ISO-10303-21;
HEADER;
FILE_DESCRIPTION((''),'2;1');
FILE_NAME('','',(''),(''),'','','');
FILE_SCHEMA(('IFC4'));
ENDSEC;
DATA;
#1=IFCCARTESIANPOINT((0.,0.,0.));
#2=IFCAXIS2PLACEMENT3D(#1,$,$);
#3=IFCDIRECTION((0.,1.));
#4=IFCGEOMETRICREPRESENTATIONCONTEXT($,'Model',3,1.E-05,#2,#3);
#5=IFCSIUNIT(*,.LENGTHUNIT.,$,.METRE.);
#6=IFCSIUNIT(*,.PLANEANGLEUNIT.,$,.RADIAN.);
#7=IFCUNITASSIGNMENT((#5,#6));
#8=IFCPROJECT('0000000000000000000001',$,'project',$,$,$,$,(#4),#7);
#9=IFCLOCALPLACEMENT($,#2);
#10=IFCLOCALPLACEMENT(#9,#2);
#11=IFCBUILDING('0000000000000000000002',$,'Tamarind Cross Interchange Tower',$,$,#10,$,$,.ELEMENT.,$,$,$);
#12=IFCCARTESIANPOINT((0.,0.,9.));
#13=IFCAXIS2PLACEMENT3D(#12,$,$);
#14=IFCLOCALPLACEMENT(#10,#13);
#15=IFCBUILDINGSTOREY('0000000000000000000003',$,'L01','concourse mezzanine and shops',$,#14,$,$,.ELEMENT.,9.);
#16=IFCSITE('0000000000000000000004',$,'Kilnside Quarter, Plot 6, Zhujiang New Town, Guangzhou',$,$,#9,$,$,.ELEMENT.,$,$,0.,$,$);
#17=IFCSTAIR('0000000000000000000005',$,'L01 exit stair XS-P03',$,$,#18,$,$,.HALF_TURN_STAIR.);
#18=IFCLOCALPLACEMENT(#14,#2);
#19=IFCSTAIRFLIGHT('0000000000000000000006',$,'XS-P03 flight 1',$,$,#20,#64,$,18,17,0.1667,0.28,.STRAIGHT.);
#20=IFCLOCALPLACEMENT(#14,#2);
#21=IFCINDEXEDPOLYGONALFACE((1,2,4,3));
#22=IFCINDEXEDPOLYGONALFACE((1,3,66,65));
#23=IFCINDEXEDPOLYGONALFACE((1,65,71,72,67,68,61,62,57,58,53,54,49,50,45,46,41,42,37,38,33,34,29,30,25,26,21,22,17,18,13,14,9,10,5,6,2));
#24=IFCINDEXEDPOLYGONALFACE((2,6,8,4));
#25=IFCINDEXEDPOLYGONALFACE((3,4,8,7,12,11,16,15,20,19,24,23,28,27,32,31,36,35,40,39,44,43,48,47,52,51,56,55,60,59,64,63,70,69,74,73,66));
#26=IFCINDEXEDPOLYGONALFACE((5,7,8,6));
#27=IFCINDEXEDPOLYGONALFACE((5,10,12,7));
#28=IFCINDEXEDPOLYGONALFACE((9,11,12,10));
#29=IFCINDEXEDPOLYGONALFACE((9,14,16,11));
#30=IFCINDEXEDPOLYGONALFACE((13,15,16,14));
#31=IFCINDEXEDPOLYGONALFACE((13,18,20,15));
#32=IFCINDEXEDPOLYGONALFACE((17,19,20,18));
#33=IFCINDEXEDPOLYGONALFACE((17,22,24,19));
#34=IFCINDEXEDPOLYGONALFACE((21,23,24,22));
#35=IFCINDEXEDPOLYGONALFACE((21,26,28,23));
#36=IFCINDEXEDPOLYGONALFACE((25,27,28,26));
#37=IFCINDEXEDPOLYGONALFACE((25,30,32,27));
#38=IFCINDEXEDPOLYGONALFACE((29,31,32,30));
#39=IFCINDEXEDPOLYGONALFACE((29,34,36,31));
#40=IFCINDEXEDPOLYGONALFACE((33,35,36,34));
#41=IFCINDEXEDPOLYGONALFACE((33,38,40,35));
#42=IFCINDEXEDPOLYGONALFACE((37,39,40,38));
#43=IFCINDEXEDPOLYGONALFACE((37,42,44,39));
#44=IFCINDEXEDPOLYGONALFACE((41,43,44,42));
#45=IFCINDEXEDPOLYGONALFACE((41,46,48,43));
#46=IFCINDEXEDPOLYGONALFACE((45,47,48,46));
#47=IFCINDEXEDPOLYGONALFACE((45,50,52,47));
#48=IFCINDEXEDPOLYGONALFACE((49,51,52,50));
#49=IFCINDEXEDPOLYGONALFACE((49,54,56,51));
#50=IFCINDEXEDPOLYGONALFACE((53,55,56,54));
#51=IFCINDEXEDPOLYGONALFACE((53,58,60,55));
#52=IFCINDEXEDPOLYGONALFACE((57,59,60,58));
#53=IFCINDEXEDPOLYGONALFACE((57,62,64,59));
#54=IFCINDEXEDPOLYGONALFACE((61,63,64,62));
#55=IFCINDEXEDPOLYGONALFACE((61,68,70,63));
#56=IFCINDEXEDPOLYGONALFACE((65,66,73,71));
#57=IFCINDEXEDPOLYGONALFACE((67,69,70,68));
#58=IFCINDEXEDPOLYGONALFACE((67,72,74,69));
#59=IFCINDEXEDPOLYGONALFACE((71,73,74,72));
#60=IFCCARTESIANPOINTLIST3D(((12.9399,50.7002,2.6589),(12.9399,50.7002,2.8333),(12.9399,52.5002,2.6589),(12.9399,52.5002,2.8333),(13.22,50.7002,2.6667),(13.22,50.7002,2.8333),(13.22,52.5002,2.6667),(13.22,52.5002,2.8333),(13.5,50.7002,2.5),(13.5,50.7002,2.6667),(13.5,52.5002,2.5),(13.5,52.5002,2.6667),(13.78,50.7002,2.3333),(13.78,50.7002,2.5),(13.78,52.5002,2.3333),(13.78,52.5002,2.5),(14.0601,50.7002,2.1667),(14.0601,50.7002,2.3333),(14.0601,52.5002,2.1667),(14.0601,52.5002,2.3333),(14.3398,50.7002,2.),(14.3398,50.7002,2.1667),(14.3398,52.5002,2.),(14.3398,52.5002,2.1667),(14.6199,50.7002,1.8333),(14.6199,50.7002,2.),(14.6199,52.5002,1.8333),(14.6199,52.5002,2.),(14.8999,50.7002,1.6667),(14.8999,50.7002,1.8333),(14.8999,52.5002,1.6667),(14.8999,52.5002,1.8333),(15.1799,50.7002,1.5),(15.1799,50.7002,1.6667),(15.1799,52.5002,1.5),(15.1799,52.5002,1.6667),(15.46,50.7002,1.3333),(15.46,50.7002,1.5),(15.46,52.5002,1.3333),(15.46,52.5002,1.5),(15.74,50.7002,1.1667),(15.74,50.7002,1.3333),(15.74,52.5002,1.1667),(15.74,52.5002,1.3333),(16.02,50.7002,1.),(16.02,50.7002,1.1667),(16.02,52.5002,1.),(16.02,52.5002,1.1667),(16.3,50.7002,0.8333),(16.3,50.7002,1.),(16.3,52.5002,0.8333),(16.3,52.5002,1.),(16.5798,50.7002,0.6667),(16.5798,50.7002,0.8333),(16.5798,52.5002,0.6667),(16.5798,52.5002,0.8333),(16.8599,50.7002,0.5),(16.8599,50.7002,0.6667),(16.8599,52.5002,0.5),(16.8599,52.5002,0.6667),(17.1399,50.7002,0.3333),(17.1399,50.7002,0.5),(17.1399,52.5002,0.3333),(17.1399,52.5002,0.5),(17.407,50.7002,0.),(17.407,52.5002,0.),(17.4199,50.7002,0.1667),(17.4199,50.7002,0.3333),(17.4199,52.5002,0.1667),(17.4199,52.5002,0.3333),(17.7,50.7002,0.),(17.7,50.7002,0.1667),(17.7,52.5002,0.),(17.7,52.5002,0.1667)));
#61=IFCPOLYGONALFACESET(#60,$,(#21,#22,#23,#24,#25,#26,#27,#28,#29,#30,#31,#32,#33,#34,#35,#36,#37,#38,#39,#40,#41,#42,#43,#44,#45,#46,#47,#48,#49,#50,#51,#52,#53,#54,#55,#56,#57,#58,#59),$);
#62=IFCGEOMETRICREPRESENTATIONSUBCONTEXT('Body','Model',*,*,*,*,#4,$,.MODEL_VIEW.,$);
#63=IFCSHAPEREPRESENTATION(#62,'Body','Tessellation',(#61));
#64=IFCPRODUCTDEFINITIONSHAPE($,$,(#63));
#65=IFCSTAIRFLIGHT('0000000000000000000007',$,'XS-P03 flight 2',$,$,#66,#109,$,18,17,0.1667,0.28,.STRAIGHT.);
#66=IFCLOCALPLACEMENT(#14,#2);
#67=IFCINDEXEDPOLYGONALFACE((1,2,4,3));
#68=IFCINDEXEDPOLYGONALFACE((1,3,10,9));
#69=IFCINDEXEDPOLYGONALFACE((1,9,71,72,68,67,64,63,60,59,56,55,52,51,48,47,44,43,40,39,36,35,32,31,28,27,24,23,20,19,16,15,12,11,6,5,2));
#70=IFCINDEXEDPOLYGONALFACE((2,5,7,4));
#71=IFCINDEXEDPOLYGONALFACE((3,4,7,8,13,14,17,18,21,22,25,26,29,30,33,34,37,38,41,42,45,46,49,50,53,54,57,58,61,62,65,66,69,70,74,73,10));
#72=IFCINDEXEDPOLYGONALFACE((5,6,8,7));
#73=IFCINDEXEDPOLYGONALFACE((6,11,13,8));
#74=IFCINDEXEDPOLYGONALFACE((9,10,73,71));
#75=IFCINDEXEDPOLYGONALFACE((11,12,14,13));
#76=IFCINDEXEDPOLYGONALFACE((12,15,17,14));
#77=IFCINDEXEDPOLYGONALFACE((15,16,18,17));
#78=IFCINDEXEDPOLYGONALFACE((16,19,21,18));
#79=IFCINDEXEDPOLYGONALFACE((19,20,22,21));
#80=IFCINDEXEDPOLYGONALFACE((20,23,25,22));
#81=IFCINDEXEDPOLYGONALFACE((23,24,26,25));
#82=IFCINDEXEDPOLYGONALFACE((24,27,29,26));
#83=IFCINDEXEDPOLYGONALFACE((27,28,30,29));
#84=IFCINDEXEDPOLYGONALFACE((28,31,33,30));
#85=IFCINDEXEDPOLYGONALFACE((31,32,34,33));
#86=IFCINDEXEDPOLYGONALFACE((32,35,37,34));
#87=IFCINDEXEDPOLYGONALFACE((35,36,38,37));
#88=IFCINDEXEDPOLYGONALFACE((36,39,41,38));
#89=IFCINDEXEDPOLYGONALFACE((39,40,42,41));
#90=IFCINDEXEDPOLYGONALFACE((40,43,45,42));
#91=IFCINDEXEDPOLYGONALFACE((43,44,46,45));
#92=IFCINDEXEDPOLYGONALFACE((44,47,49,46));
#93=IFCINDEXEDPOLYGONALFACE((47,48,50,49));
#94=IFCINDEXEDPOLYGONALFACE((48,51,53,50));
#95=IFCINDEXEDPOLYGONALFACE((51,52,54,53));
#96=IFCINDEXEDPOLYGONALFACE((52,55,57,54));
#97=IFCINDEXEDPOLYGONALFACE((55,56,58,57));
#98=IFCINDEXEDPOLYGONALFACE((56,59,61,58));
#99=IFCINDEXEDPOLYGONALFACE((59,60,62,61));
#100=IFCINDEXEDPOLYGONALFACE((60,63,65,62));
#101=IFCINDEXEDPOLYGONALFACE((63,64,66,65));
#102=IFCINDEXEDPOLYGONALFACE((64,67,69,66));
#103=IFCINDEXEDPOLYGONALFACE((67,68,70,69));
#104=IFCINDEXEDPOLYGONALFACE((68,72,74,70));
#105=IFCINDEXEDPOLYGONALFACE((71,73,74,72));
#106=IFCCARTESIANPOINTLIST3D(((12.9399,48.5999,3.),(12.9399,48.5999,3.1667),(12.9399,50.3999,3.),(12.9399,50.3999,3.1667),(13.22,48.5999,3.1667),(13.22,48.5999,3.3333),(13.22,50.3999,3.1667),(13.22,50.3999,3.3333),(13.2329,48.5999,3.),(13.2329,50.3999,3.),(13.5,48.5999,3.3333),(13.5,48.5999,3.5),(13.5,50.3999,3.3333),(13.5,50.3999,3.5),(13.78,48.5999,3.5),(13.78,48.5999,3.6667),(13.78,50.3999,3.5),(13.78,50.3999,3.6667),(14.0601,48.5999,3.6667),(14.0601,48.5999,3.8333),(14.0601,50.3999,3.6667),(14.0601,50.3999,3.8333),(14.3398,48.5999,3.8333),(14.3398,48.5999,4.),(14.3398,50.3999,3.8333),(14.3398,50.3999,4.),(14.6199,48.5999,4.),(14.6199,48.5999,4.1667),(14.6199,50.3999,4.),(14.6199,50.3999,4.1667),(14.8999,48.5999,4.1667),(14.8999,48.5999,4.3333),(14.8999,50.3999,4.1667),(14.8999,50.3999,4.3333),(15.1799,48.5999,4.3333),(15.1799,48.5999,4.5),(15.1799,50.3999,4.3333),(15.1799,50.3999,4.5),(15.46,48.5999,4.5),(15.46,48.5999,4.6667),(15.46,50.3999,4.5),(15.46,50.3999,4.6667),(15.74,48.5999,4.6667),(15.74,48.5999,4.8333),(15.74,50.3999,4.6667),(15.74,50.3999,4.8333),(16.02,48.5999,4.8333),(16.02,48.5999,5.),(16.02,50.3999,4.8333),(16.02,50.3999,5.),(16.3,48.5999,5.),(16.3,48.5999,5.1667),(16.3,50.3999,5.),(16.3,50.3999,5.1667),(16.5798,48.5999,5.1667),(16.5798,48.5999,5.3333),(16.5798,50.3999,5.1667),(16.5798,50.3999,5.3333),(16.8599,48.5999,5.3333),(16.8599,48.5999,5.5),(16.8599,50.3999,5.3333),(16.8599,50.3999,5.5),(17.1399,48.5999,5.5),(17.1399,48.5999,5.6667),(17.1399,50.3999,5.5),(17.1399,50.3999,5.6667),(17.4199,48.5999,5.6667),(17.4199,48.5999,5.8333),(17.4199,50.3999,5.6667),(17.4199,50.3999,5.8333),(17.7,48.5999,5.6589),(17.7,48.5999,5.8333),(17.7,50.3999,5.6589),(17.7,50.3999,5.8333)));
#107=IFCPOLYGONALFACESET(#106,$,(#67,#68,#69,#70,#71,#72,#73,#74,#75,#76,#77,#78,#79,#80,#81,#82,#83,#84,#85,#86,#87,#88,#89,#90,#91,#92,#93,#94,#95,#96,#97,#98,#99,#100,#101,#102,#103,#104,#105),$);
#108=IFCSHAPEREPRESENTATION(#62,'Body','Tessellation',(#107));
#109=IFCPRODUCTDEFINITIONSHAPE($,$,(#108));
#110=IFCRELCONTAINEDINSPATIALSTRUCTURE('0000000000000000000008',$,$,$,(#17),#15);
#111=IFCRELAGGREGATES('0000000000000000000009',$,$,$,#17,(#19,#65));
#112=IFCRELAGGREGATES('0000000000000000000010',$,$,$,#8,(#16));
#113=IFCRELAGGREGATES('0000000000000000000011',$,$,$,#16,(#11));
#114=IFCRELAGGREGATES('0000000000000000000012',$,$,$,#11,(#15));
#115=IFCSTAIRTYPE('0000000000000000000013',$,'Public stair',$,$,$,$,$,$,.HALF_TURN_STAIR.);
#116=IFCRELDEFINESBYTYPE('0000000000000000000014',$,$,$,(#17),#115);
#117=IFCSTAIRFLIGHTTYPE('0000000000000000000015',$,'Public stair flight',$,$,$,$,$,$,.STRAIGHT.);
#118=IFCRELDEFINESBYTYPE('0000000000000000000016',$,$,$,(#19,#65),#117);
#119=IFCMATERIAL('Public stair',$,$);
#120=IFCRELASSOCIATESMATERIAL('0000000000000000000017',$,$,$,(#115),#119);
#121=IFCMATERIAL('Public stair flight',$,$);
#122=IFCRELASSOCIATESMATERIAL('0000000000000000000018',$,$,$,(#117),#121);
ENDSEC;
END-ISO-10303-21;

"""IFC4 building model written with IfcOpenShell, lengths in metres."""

from ifc_helpers import new_model, si_unit, direction, frame, origin, place, context, subcontext, project, spatial, polyline, outline, extrude, material, type_object, element, aggregate, save


model = new_model("IFC4")

# Units and contexts
model_context = context("Model", 3, precision=1e-05, world=origin(), true_north=direction((0.0, 1.0)))
body_context = subcontext(model_context, "Body", "Model", "MODEL_VIEW")
ifc_project = project(units=[si_unit("LENGTHUNIT", "METRE"), si_unit("PLANEANGLEUNIT", "RADIAN")], contexts=[model_context])

# Site, building, storey
site_placement = place(None, origin())
site = spatial("IfcSite", under=ifc_project, at=site_placement, Name="Kilnside Quarter, Plot 6, Zhujiang New Town, Guangzhou", CompositionType="ELEMENT", RefElevation=0.0)
building_placement = place(site_placement, origin())
building = spatial("IfcBuilding", under=site, at=building_placement, Name="Tamarind Cross Interchange Tower", CompositionType="ELEMENT")
storey_placement = place(building_placement, frame((0.0, 0.0, 9.0)))
storey = spatial("IfcBuildingStorey", under=building, at=storey_placement, Name="L01", Description="concourse mezzanine and shops", CompositionType="ELEMENT", Elevation=9.0)

# Stair, stair flights
ifc_material_1 = material(Name="Public stair")
stair_type = type_object("IfcStairType", Name="Public stair", PredefinedType="HALF_TURN_STAIR", material=ifc_material_1)
stair_placement = place(storey_placement, origin())
stair = element("IfcStair", 1, at=stair_placement, inside=storey, type_object=stair_type, Name="L01 exit stair XS-P03", PredefinedType="HALF_TURN_STAIR")
ifc_material_2 = material(Name="Public stair flight")
stair_flight_type = type_object("IfcStairFlightType", Name="Public stair flight", PredefinedType="STRAIGHT", material=ifc_material_2)
stair_flight_1_placement = place(storey_placement, frame((17.7, 51.6001, 0.0), z_axis=(0.0, 0.0, 1.0), x_axis=(-1.0, 0.0, 0.0)))
stair_flight_1 = element("IfcStairFlight", 2, at=stair_flight_1_placement, type_object=stair_flight_type, Name="XS-P03 flight 1", NumberOfRisers=18, NumberOfTreads=17, PredefinedType="STRAIGHT", RiserHeight=0.1667, TreadLength=0.28, context=body_context, shape_type="SweptSolid", body=[
    extrude(outline(polyline([(0.0, 0.0), (0.0, 0.1667), (0.28, 0.1667), (0.28, 0.3333), (0.5601, 0.3333), (0.5601, 0.5), (0.8401, 0.5), (0.8401, 0.6667), (1.1201, 0.6667), (1.1201, 0.8333), (1.3999, 0.8333), (1.3999, 1.0), (1.6799, 1.0), (1.6799, 1.1667), (1.96, 1.1667), (1.96, 1.3333), (2.24, 1.3333), (2.24, 1.5), (2.52, 1.5), (2.52, 1.6667), (2.8, 1.6667), (2.8, 1.8333), (3.0801, 1.8333), (3.0801, 2.0), (3.3601, 2.0), (3.3601, 2.1667), (3.6399, 2.1667), (3.6399, 2.3333), (3.9199, 2.3333), (3.9199, 2.5), (4.2, 2.5), (4.2, 2.6667), (4.48, 2.6667), (4.48, 2.8333), (4.76, 2.8333), (4.76, 3.0), (4.76, 2.6589), (0.293, 0.0), (0.0, 0.0)])), frame((0.0, 0.8999, 0.0), z_axis=(0.0, -1.0, 0.0), x_axis=(1.0, 0.0, 0.0)), (0.0, 0.0, 1.0), 1.8),
])
stair_flight_2_placement = place(storey_placement, frame((12.9399, 49.5, 3.0), z_axis=(0.0, 0.0, 1.0), x_axis=(1.0, 0.0, 0.0)))
stair_flight_2 = element("IfcStairFlight", 3, at=stair_flight_2_placement, type_object=stair_flight_type, Name="XS-P03 flight 2", NumberOfRisers=18, NumberOfTreads=17, PredefinedType="STRAIGHT", RiserHeight=0.1667, TreadLength=0.28, context=body_context, shape_type="SweptSolid", body=[
    extrude(outline(polyline([(0.0, 0.0), (0.0, 0.1667), (0.28, 0.1667), (0.28, 0.3333), (0.5601, 0.3333), (0.5601, 0.5), (0.8401, 0.5), (0.8401, 0.6667), (1.1201, 0.6667), (1.1201, 0.8333), (1.3999, 0.8333), (1.3999, 1.0), (1.6799, 1.0), (1.6799, 1.1667), (1.96, 1.1667), (1.96, 1.3333), (2.24, 1.3333), (2.24, 1.5), (2.52, 1.5), (2.52, 1.6667), (2.8, 1.6667), (2.8, 1.8333), (3.0801, 1.8333), (3.0801, 2.0), (3.3601, 2.0), (3.3601, 2.1667), (3.6399, 2.1667), (3.6399, 2.3333), (3.9199, 2.3333), (3.9199, 2.5), (4.2, 2.5), (4.2, 2.6667), (4.48, 2.6667), (4.48, 2.8333), (4.76, 2.8333), (4.76, 3.0), (4.76, 2.6589), (0.293, 0.0), (0.0, 0.0)])), frame((0.0, 0.8999, 0.0), z_axis=(0.0, -1.0, 0.0), x_axis=(1.0, 0.0, 0.0)), (0.0, 0.0, 1.0), 1.8),
])
aggregate(stair, [stair_flight_1, stair_flight_2])

save(model, "model.ifc")
